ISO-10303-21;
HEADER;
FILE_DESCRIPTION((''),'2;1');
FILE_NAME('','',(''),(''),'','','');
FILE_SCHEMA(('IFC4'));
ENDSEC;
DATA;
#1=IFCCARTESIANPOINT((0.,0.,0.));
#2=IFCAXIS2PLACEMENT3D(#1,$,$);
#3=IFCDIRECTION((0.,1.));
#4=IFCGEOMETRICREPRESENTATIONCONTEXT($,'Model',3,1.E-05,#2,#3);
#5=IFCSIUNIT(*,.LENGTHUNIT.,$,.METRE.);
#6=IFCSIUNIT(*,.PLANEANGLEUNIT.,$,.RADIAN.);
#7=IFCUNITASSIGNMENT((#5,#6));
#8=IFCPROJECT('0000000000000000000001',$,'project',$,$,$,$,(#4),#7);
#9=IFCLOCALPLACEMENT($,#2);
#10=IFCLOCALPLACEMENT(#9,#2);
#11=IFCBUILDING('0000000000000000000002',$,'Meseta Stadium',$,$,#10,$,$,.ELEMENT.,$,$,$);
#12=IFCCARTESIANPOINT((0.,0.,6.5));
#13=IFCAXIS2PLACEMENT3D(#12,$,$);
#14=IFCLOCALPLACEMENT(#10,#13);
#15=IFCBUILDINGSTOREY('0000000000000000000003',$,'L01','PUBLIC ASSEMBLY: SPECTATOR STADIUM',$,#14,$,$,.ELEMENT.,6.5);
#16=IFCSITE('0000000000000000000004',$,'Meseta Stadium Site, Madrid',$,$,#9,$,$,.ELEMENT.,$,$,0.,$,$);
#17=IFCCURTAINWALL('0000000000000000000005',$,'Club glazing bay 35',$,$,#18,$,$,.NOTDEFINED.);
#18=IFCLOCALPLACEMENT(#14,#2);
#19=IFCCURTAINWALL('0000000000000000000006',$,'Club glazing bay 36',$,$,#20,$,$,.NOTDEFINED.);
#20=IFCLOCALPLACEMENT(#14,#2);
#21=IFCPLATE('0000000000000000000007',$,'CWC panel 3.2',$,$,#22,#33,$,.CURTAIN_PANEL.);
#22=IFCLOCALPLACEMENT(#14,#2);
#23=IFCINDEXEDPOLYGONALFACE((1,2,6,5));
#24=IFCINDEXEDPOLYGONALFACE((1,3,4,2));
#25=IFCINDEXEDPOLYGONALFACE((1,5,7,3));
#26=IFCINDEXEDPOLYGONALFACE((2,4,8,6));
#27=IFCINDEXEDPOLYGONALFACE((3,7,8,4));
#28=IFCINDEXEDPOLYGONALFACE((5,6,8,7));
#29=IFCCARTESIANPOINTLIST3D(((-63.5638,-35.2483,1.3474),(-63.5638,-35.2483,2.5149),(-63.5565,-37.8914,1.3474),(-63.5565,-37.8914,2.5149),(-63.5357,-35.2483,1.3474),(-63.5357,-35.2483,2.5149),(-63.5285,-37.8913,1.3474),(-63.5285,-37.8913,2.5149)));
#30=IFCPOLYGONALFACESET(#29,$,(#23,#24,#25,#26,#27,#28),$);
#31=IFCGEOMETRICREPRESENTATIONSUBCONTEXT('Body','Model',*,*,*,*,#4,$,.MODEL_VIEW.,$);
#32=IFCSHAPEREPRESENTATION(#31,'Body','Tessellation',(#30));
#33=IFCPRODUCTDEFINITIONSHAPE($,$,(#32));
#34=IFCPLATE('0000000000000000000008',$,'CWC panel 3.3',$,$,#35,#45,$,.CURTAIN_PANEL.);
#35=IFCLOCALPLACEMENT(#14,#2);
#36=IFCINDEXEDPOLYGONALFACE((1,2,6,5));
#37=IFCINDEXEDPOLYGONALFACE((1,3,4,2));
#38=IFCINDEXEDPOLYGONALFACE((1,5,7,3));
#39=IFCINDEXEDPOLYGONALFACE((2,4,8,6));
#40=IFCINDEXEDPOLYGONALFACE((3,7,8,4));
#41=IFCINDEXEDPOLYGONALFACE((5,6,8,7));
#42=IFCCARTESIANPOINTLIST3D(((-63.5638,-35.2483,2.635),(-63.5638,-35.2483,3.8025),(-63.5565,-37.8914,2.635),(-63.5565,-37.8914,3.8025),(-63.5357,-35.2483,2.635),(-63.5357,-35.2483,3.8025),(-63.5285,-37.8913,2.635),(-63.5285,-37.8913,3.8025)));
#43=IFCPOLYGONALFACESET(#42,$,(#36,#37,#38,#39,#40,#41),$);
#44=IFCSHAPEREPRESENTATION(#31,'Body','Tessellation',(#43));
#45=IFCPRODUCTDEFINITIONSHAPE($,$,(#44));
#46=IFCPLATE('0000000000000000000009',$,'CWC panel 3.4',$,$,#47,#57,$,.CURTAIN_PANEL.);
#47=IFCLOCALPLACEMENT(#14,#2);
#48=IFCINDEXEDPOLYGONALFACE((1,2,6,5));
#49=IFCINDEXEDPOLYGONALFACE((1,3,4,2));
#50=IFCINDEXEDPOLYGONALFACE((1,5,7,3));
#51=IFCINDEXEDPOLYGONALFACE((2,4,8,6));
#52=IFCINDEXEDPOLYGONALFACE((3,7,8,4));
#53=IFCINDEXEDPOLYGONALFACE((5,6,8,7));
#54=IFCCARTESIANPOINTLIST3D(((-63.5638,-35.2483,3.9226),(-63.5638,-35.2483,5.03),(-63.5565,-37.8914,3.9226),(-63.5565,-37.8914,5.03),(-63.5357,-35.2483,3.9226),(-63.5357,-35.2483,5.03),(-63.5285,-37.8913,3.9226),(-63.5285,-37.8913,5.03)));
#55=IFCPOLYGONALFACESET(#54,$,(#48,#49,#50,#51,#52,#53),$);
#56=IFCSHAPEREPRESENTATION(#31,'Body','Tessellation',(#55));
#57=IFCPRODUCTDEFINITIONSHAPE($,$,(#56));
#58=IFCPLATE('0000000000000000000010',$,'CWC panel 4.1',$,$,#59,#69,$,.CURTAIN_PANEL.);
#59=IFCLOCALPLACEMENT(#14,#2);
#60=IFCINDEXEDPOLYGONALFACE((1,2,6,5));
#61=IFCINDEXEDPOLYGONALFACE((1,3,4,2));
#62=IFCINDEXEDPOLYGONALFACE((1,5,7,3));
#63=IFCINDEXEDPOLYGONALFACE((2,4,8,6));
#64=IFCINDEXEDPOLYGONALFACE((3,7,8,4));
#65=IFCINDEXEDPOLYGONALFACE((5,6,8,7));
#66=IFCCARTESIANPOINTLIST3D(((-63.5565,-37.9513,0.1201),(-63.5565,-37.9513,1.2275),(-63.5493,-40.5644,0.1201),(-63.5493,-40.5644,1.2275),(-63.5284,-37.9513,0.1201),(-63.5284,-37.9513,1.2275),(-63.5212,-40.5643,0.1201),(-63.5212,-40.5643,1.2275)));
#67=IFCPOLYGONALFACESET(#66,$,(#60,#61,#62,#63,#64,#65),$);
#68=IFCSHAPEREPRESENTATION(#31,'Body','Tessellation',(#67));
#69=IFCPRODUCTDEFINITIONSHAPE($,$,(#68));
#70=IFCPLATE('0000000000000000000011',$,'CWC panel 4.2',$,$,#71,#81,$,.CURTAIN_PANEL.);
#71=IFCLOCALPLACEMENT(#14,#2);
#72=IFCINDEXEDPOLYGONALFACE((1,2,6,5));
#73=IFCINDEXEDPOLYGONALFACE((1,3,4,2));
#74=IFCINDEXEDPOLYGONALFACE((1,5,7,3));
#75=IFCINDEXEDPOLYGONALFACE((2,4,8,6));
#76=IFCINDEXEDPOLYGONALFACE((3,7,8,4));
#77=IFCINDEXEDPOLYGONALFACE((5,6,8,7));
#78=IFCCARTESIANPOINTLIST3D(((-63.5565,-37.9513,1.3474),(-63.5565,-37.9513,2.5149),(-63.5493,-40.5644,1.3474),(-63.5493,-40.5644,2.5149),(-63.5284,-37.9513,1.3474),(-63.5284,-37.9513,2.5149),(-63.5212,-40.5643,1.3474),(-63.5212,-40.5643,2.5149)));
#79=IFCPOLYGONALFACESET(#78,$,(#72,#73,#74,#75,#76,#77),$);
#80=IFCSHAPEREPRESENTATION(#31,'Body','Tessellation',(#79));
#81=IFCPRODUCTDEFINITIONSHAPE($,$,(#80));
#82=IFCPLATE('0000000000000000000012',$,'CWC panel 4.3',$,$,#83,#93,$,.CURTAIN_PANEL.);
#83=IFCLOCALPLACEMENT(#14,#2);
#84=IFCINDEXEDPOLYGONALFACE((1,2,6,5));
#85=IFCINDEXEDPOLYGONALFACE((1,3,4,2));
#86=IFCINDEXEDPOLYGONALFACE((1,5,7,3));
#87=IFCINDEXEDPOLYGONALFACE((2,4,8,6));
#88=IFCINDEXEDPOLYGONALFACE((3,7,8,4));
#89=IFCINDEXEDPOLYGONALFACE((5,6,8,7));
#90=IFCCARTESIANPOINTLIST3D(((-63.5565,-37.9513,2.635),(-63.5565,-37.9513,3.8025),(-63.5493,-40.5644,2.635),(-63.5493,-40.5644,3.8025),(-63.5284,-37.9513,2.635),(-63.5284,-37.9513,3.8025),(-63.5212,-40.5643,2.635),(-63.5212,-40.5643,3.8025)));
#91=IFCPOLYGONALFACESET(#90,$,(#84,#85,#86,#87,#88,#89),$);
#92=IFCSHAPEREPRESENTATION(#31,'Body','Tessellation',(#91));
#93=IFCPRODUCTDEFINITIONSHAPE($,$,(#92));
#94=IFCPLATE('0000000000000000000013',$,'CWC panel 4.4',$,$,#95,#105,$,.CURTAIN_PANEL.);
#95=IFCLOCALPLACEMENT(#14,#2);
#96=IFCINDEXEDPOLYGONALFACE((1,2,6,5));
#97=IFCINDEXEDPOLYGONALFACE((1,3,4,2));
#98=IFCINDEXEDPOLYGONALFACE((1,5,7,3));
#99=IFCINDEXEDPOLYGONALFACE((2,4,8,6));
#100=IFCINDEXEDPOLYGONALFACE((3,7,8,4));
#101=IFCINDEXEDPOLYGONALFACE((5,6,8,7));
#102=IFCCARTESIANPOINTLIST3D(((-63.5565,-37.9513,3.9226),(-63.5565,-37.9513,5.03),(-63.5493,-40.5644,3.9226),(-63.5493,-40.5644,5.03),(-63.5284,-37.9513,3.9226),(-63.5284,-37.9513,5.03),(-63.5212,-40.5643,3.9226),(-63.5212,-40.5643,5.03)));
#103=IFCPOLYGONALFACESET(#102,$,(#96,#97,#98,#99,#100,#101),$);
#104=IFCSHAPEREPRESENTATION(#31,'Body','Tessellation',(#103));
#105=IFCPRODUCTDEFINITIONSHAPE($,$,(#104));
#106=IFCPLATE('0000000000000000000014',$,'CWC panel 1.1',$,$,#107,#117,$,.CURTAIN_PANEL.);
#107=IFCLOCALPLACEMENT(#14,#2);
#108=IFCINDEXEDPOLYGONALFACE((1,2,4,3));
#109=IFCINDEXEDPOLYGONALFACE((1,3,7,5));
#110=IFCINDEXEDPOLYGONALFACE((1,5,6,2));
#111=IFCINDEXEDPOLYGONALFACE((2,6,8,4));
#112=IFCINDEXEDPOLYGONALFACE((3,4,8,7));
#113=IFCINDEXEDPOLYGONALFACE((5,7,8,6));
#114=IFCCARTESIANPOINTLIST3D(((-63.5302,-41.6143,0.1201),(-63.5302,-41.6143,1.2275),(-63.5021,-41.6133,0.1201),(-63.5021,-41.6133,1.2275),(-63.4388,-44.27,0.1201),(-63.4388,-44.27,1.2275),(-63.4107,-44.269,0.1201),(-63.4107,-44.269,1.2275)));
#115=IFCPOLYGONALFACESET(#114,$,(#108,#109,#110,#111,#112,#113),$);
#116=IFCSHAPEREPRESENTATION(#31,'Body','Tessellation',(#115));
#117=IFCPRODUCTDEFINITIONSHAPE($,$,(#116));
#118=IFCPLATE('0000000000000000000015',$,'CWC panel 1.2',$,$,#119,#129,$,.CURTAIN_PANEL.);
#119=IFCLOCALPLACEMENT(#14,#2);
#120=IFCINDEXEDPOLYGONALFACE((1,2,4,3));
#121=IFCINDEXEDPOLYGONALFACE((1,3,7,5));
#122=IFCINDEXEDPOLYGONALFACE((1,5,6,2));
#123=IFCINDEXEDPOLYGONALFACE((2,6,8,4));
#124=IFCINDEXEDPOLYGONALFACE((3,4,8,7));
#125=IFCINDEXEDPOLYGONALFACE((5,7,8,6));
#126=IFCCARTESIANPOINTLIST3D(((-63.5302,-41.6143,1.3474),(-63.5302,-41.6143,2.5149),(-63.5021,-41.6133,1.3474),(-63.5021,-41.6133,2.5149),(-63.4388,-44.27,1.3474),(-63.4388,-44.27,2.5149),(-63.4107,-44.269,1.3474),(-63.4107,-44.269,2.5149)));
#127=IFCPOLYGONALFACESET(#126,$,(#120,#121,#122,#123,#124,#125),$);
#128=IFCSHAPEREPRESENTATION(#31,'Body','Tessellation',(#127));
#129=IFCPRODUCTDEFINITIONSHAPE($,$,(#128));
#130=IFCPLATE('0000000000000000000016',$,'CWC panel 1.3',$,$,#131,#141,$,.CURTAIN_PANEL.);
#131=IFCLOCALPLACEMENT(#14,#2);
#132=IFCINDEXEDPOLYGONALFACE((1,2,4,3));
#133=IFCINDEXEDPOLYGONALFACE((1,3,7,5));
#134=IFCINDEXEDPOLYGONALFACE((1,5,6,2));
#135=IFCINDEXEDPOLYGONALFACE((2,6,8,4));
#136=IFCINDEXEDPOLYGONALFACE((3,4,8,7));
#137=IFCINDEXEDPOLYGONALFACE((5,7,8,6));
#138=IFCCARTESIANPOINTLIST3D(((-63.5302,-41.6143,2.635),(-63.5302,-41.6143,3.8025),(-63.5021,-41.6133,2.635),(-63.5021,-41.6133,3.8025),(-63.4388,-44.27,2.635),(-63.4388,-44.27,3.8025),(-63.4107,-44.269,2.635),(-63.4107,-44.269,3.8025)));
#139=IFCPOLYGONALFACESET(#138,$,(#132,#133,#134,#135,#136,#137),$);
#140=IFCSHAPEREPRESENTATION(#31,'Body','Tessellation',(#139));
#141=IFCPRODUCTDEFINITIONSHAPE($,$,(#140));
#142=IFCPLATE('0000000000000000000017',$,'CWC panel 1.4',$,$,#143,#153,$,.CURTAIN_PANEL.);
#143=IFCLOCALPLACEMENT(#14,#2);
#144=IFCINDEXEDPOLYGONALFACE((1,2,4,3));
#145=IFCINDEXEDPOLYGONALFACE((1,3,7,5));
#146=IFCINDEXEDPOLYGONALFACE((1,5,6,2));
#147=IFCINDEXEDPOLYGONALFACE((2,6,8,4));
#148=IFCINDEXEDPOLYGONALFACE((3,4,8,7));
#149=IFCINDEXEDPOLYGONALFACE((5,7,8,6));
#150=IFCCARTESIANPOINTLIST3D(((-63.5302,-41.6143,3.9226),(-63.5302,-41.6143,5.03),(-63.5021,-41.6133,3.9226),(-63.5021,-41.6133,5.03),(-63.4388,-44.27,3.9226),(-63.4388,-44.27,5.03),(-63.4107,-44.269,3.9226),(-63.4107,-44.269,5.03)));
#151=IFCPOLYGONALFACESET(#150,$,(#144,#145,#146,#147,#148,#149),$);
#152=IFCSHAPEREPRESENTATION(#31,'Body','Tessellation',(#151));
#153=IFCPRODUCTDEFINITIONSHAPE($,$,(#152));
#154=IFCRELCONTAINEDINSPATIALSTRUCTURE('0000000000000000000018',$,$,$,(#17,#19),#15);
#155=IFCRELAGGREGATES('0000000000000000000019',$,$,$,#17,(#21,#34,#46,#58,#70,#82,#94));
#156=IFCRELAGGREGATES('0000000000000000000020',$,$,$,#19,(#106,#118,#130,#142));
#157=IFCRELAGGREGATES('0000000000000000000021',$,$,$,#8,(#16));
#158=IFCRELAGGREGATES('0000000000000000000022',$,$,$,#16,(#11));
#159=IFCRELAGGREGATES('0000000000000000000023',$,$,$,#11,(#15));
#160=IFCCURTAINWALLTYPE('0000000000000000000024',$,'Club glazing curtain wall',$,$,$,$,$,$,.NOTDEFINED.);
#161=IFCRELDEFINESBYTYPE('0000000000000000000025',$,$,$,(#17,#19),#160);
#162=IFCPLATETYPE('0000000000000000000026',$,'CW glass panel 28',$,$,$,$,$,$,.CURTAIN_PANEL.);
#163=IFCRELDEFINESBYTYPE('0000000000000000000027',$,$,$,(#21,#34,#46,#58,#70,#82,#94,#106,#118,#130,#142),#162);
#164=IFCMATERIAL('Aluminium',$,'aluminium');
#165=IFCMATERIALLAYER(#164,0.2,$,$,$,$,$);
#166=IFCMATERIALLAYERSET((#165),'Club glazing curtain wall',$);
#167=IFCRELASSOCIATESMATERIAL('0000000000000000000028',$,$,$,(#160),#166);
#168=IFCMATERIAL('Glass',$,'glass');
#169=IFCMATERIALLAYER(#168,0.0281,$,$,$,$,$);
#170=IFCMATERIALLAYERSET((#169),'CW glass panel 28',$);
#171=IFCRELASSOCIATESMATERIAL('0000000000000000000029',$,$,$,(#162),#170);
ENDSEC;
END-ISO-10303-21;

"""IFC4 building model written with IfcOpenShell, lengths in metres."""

from ifc_helpers import new_model, si_unit, direction, frame, origin, origin_2d, place, context, subcontext, project, spatial, rectangle, extrude, material, layer, layer_set, type_object, element, aggregate, save


model = new_model("IFC4")

# Units and contexts
model_context = context("Model", 3, precision=1e-05, world=origin(), true_north=direction((0.0, 1.0)))
body_context = subcontext(model_context, "Body", "Model", "MODEL_VIEW")
ifc_project = project(units=[si_unit("LENGTHUNIT", "METRE"), si_unit("PLANEANGLEUNIT", "RADIAN")], contexts=[model_context])

# Site, building, storey
site_placement = place(None, origin())
site = spatial("IfcSite", under=ifc_project, at=site_placement, Name="Meseta Stadium Site, Madrid", CompositionType="ELEMENT", RefElevation=0.0)
building_placement = place(site_placement, origin())
building = spatial("IfcBuilding", under=site, at=building_placement, Name="Meseta Stadium", CompositionType="ELEMENT")
storey_placement = place(building_placement, frame((0.0, 0.0, 6.5)))
storey = spatial("IfcBuildingStorey", under=building, at=storey_placement, Name="L01", Description="PUBLIC ASSEMBLY: SPECTATOR STADIUM", CompositionType="ELEMENT", Elevation=6.5)

# Curtain walls
ifc_material_1 = material(Name="Aluminium", Category="aluminium")
ifc_layer_1 = layer(ifc_material_1, 0.2)
ifc_layer_set_1 = layer_set([ifc_layer_1], Name="Club glazing curtain wall")
curtain_wall_type = type_object("IfcCurtainWallType", Name="Club glazing curtain wall", PredefinedType="NOTDEFINED", material=ifc_layer_set_1)
curtain_wall_1_placement = place(storey_placement, origin())
curtain_wall_1 = element("IfcCurtainWall", 1, at=curtain_wall_1_placement, inside=storey, type_object=curtain_wall_type, Name="Club glazing bay 35", PredefinedType="NOTDEFINED")
curtain_wall_2_placement = place(storey_placement, origin())
curtain_wall_2 = element("IfcCurtainWall", 2, at=curtain_wall_2_placement, inside=storey, type_object=curtain_wall_type, Name="Club glazing bay 36", PredefinedType="NOTDEFINED")

# Plates
ifc_material_2 = material(Name="Glass", Category="glass")
ifc_layer_2 = layer(ifc_material_2, 0.0281)
ifc_layer_set_2 = layer_set([ifc_layer_2], Name="CW glass panel 28")
plate_type = type_object("IfcPlateType", Name="CW glass panel 28", PredefinedType="CURTAIN_PANEL", material=ifc_layer_set_2)
plate_1_placement = place(storey_placement, frame((-63.5461, -36.5698, 1.3474), z_axis=(0.0, 0.0, 1.0), x_axis=(0.002758, -0.999996, 0.0)))
plate_1 = element("IfcPlate", 3, at=plate_1_placement, type_object=plate_type, Name="CWC panel 3.2", PredefinedType="CURTAIN_PANEL", context=body_context, shape_type="SweptSolid", body=[
    extrude(rectangle(XDim=2.6431, YDim=0.0281, at=origin_2d()), origin(), (0.0, 0.0, 1.0), 1.1675),
])
plate_2_placement = place(storey_placement, frame((-63.5461, -36.5698, 2.635), z_axis=(0.0, 0.0, 1.0), x_axis=(0.002758, -0.999996, 0.0)))
plate_2 = element("IfcPlate", 4, at=plate_2_placement, type_object=plate_type, Name="CWC panel 3.3", PredefinedType="CURTAIN_PANEL", context=body_context, shape_type="SweptSolid", body=[
    extrude(rectangle(XDim=2.6431, YDim=0.0281, at=origin_2d()), origin(), (0.0, 0.0, 1.0), 1.1675),
])
plate_3_placement = place(storey_placement, frame((-63.5461, -36.5698, 3.9226), z_axis=(0.0, 0.0, 1.0), x_axis=(0.002758, -0.999996, 0.0)))
plate_3 = element("IfcPlate", 5, at=plate_3_placement, type_object=plate_type, Name="CWC panel 3.4", PredefinedType="CURTAIN_PANEL", context=body_context, shape_type="SweptSolid", body=[
    extrude(rectangle(XDim=2.6431, YDim=0.0281, at=origin_2d()), origin(), (0.0, 0.0, 1.0), 1.1074),
])
plate_4_placement = place(storey_placement, frame((-63.5388, -39.2578, 0.1201), z_axis=(0.0, 0.0, 1.0), x_axis=(0.002758, -0.999996, 0.0)))
plate_4 = element("IfcPlate", 6, at=plate_4_placement, type_object=plate_type, Name="CWC panel 4.1", PredefinedType="CURTAIN_PANEL", context=body_context, shape_type="SweptSolid", body=[
    extrude(rectangle(XDim=2.613, YDim=0.0281, at=origin_2d()), origin(), (0.0, 0.0, 1.0), 1.1074),
])
plate_5_placement = place(storey_placement, frame((-63.5388, -39.2578, 1.3474), z_axis=(0.0, 0.0, 1.0), x_axis=(0.002758, -0.999996, 0.0)))
plate_5 = element("IfcPlate", 7, at=plate_5_placement, type_object=plate_type, Name="CWC panel 4.2", PredefinedType="CURTAIN_PANEL", context=body_context, shape_type="SweptSolid", body=[
    extrude(rectangle(XDim=2.613, YDim=0.0281, at=origin_2d()), origin(), (0.0, 0.0, 1.0), 1.1675),
])
plate_6_placement = place(storey_placement, frame((-63.5388, -39.2578, 2.635), z_axis=(0.0, 0.0, 1.0), x_axis=(0.002758, -0.999996, 0.0)))
plate_6 = element("IfcPlate", 8, at=plate_6_placement, type_object=plate_type, Name="CWC panel 4.3", PredefinedType="CURTAIN_PANEL", context=body_context, shape_type="SweptSolid", body=[
    extrude(rectangle(XDim=2.613, YDim=0.0281, at=origin_2d()), origin(), (0.0, 0.0, 1.0), 1.1675),
])
plate_7_placement = place(storey_placement, frame((-63.5388, -39.2578, 3.9226), z_axis=(0.0, 0.0, 1.0), x_axis=(0.002758, -0.999996, 0.0)))
plate_7 = element("IfcPlate", 9, at=plate_7_placement, type_object=plate_type, Name="CWC panel 4.4", PredefinedType="CURTAIN_PANEL", context=body_context, shape_type="SweptSolid", body=[
    extrude(rectangle(XDim=2.613, YDim=0.0281, at=origin_2d()), origin(), (0.0, 0.0, 1.0), 1.1074),
])
aggregate(curtain_wall_1, [plate_1, plate_2, plate_3, plate_4, plate_5, plate_6, plate_7])
plate_8_placement = place(storey_placement, frame((-63.4705, -42.9417, 0.1201), z_axis=(0.0, 0.0, 1.0), x_axis=(0.034398, -0.999408, 0.0)))
plate_8 = element("IfcPlate", 10, at=plate_8_placement, type_object=plate_type, Name="CWC panel 1.1", PredefinedType="CURTAIN_PANEL", context=body_context, shape_type="SweptSolid", body=[
    extrude(rectangle(XDim=2.6572, YDim=0.0281, at=origin_2d()), origin(), (0.0, 0.0, 1.0), 1.1074),
])
plate_9_placement = place(storey_placement, frame((-63.4705, -42.9417, 1.3474), z_axis=(0.0, 0.0, 1.0), x_axis=(0.034398, -0.999408, 0.0)))
plate_9 = element("IfcPlate", 11, at=plate_9_placement, type_object=plate_type, Name="CWC panel 1.2", PredefinedType="CURTAIN_PANEL", context=body_context, shape_type="SweptSolid", body=[
    extrude(rectangle(XDim=2.6572, YDim=0.0281, at=origin_2d()), origin(), (0.0, 0.0, 1.0), 1.1675),
])
plate_10_placement = place(storey_placement, frame((-63.4705, -42.9417, 2.635), z_axis=(0.0, 0.0, 1.0), x_axis=(0.034398, -0.999408, 0.0)))
plate_10 = element("IfcPlate", 12, at=plate_10_placement, type_object=plate_type, Name="CWC panel 1.3", PredefinedType="CURTAIN_PANEL", context=body_context, shape_type="SweptSolid", body=[
    extrude(rectangle(XDim=2.6572, YDim=0.0281, at=origin_2d()), origin(), (0.0, 0.0, 1.0), 1.1675),
])
plate_11_placement = place(storey_placement, frame((-63.4705, -42.9417, 3.9226), z_axis=(0.0, 0.0, 1.0), x_axis=(0.034398, -0.999408, 0.0)))
plate_11 = element("IfcPlate", 13, at=plate_11_placement, type_object=plate_type, Name="CWC panel 1.4", PredefinedType="CURTAIN_PANEL", context=body_context, shape_type="SweptSolid", body=[
    extrude(rectangle(XDim=2.6572, YDim=0.0281, at=origin_2d()), origin(), (0.0, 0.0, 1.0), 1.1074),
])
aggregate(curtain_wall_2, [plate_8, plate_9, plate_10, plate_11])

save(model, "model.ifc")
